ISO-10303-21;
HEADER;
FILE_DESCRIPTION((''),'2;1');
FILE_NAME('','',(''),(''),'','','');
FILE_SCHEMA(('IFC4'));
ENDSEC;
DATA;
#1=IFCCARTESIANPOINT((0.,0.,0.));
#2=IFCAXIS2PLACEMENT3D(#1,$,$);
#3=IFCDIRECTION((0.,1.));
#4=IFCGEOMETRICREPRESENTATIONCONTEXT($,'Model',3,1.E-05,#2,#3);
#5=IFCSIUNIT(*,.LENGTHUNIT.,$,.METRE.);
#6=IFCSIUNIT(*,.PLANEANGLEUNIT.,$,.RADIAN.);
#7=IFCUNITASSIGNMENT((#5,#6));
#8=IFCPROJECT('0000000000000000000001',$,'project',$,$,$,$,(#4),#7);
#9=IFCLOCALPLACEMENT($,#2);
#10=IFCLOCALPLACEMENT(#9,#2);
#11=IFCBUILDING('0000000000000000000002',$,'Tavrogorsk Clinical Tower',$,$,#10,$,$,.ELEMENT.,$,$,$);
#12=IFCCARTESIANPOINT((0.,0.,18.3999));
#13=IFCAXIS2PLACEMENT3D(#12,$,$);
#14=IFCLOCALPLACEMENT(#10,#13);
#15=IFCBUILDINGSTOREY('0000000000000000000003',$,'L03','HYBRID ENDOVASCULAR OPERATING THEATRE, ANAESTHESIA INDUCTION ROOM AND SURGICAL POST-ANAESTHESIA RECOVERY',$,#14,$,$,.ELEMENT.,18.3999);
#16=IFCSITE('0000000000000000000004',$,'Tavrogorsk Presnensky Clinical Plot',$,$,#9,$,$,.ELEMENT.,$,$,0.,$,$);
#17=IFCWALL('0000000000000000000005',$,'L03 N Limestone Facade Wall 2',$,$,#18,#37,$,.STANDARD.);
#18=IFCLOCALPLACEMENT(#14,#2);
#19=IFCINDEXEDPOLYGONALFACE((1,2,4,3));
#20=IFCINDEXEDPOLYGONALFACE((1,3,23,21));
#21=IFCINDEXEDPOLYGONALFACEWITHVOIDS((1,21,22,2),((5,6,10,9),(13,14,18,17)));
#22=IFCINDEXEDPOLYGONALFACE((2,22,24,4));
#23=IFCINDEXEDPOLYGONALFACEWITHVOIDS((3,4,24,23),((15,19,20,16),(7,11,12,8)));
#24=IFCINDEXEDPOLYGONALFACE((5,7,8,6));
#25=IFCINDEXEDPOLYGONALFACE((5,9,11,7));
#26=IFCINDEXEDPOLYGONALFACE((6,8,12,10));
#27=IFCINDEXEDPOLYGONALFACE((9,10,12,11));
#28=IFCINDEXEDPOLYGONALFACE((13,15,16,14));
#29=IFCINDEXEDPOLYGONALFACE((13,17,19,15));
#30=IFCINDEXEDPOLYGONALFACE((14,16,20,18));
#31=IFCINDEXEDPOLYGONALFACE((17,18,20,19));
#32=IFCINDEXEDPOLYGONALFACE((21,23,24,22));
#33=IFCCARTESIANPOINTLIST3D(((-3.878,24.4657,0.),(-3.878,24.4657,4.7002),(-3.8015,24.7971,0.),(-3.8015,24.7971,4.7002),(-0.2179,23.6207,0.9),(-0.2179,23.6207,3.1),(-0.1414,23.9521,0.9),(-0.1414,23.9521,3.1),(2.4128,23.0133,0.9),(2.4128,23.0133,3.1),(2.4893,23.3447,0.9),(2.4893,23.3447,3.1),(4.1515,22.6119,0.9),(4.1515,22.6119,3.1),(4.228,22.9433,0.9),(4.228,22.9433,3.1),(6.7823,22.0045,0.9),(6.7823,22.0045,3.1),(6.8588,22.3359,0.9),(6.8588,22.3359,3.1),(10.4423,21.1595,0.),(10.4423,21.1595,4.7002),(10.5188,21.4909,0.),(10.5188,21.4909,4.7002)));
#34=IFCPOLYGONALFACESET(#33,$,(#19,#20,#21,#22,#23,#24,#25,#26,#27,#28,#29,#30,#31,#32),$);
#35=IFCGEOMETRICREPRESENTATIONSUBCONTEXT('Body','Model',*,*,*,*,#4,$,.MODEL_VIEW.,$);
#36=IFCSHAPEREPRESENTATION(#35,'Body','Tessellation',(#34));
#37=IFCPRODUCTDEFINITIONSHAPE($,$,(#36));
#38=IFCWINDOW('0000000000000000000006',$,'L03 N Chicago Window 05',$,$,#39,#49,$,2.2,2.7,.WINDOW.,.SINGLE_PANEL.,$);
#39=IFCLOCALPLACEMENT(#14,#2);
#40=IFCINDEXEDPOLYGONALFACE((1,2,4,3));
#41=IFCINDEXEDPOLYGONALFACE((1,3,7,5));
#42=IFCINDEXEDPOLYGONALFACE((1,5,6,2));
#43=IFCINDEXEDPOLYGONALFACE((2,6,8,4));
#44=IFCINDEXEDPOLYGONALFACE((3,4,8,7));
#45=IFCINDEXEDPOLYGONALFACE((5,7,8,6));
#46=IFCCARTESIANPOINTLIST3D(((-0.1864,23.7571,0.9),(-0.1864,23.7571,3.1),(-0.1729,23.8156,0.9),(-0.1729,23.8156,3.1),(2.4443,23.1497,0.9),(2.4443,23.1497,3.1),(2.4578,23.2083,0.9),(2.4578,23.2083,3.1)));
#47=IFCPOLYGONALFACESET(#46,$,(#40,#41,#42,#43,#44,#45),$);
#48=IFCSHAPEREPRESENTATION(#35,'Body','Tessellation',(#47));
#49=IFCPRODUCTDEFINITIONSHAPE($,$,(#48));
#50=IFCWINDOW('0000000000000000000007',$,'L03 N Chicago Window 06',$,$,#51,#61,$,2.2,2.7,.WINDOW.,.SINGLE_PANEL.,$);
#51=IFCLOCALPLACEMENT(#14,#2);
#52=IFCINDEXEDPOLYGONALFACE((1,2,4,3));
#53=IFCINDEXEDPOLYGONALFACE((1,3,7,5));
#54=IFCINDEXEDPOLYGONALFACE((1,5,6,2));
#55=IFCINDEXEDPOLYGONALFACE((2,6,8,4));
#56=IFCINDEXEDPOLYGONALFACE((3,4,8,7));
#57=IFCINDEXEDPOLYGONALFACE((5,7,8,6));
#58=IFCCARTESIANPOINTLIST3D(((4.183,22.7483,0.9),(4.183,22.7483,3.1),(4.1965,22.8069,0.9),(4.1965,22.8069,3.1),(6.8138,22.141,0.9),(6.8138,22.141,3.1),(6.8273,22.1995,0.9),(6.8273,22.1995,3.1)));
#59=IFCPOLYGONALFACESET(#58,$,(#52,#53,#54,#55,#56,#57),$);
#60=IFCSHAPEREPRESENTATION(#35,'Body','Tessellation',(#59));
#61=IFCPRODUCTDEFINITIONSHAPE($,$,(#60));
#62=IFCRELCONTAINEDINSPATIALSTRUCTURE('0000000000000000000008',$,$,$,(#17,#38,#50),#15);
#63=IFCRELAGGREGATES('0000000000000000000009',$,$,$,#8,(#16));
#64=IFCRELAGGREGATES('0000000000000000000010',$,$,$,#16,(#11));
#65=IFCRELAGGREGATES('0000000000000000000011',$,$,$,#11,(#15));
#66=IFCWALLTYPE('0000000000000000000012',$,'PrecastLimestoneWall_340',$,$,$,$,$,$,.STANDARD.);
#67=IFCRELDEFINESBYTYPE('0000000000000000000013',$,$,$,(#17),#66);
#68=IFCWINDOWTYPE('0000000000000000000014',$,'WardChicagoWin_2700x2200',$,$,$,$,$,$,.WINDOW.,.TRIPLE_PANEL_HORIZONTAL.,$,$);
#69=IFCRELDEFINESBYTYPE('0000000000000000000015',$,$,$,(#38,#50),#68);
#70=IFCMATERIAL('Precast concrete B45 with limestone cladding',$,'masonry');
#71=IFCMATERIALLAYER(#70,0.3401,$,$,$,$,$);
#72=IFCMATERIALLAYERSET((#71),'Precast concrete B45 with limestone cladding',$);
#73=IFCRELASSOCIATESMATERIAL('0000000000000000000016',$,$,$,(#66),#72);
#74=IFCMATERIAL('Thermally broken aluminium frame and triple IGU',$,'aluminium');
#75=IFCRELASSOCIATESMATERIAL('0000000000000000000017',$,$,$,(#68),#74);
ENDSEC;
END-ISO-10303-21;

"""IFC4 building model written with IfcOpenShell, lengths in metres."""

from ifc_helpers import new_model, si_unit, direction, frame, frame_2d, origin, place, context, subcontext, project, spatial, rectangle, extrude, material, layer, layer_set, type_object, element, fill, save


model = new_model("IFC4")

# Units and contexts
model_context = context("Model", 3, precision=1e-05, world=origin(), true_north=direction((0.0, 1.0)))
body_context = subcontext(model_context, "Body", "Model", "MODEL_VIEW")
ifc_project = project(units=[si_unit("LENGTHUNIT", "METRE"), si_unit("PLANEANGLEUNIT", "RADIAN")], contexts=[model_context])

# Site, building, storey
site_placement = place(None, origin())
site = spatial("IfcSite", under=ifc_project, at=site_placement, Name="Tavrogorsk Presnensky Clinical Plot", CompositionType="ELEMENT", RefElevation=0.0)
building_placement = place(site_placement, origin())
building = spatial("IfcBuilding", under=site, at=building_placement, Name="Tavrogorsk Clinical Tower", CompositionType="ELEMENT")
storey_placement = place(building_placement, frame((0.0, 0.0, 18.3999)))
storey = spatial("IfcBuildingStorey", under=building, at=storey_placement, Name="L03", Description="HYBRID ENDOVASCULAR OPERATING THEATRE, ANAESTHESIA INDUCTION ROOM AND SURGICAL POST-ANAESTHESIA RECOVERY", CompositionType="ELEMENT", Elevation=18.3999)

# Wall, openings, windows
ifc_material_1 = material(Name="Precast concrete B45 with limestone cladding", Category="masonry")
ifc_layer_1 = layer(ifc_material_1, 0.3401)
ifc_layer_set_1 = layer_set([ifc_layer_1], Name="Precast concrete B45 with limestone cladding")
wall_type_1 = type_object("IfcWallType", Name="PrecastLimestoneWall_340", PredefinedType="STANDARD", material=ifc_layer_set_1)
wall_1_placement = place(storey_placement, frame((10.4807, 21.3252, 0.0), z_axis=(0.0, 0.0, 1.0), x_axis=(-0.974369, 0.224954, 0.0)))
wall_1 = element("IfcWall", 1, at=wall_1_placement, inside=storey, type_object=wall_type_1, Name="L03 N Limestone Facade Wall 2", PredefinedType="STANDARD", context=body_context, shape_type="SweptSolid", body=[
    extrude(rectangle(XDim=14.697, YDim=0.3401, at=frame_2d((7.3486, 0.0))), origin(), (0.0, 0.0, 1.0), 4.7002),
])
opening_1_placement = place(wall_1_placement, frame((8.2407, 0.0, 0.8999)))
opening_1 = element("IfcOpeningElement", 2, at=opening_1_placement, cuts=wall_1, PredefinedType="OPENING", context=body_context, shape_type="SweptSolid", body=[
    extrude(rectangle(XDim=2.7, YDim=2.2, at=frame_2d((1.3501, 1.1001))), frame((0.0, 0.1799, 0.0), z_axis=(0.0, -1.0, 0.0), x_axis=(1.0, 0.0, 0.0)), (0.0, 0.0, 1.0), 0.3601),
])
opening_2_placement = place(wall_1_placement, frame((3.7563, 0.0, 0.8999)))
opening_2 = element("IfcOpeningElement", 3, at=opening_2_placement, cuts=wall_1, PredefinedType="OPENING", context=body_context, shape_type="SweptSolid", body=[
    extrude(rectangle(XDim=2.7, YDim=2.2, at=frame_2d((1.3501, 1.1001))), frame((0.0, 0.1799, 0.0), z_axis=(0.0, -1.0, 0.0), x_axis=(1.0, 0.0, 0.0)), (0.0, 0.0, 1.0), 0.3601),
])
ifc_material_2 = material(Name="Thermally broken aluminium frame and triple IGU", Category="aluminium")
window_type = type_object("IfcWindowType", Name="WardChicagoWin_2700x2200", PartitioningType="TRIPLE_PANEL_HORIZONTAL", PredefinedType="WINDOW", material=ifc_material_2)
window_1_placement = place(opening_1_placement, origin())
window_1 = element("IfcWindow", 4, at=window_1_placement, inside=storey, type_object=window_type, Name="L03 N Chicago Window 05", OverallHeight=2.2, OverallWidth=2.7, PartitioningType="SINGLE_PANEL", PredefinedType="WINDOW", context=body_context, shape_type="SweptSolid", body=[
    extrude(rectangle(XDim=2.7, YDim=2.2, at=frame_2d((1.3501, 1.1001))), frame((0.0, 0.03, 0.0), z_axis=(0.0, -1.0, 0.0), x_axis=(1.0, 0.0, 0.0)), (0.0, 0.0, 1.0), 0.0601),
])
fill(opening_1, window_1)
window_2_placement = place(opening_2_placement, origin())
window_2 = element("IfcWindow", 5, at=window_2_placement, inside=storey, type_object=window_type, Name="L03 N Chicago Window 06", OverallHeight=2.2, OverallWidth=2.7, PartitioningType="SINGLE_PANEL", PredefinedType="WINDOW", context=body_context, shape_type="SweptSolid", body=[
    extrude(rectangle(XDim=2.7, YDim=2.2, at=frame_2d((1.3501, 1.1001))), frame((0.0, 0.03, 0.0), z_axis=(0.0, -1.0, 0.0), x_axis=(1.0, 0.0, 0.0)), (0.0, 0.0, 1.0), 0.0601),
])
fill(opening_2, window_2)

save(model, "model.ifc")
